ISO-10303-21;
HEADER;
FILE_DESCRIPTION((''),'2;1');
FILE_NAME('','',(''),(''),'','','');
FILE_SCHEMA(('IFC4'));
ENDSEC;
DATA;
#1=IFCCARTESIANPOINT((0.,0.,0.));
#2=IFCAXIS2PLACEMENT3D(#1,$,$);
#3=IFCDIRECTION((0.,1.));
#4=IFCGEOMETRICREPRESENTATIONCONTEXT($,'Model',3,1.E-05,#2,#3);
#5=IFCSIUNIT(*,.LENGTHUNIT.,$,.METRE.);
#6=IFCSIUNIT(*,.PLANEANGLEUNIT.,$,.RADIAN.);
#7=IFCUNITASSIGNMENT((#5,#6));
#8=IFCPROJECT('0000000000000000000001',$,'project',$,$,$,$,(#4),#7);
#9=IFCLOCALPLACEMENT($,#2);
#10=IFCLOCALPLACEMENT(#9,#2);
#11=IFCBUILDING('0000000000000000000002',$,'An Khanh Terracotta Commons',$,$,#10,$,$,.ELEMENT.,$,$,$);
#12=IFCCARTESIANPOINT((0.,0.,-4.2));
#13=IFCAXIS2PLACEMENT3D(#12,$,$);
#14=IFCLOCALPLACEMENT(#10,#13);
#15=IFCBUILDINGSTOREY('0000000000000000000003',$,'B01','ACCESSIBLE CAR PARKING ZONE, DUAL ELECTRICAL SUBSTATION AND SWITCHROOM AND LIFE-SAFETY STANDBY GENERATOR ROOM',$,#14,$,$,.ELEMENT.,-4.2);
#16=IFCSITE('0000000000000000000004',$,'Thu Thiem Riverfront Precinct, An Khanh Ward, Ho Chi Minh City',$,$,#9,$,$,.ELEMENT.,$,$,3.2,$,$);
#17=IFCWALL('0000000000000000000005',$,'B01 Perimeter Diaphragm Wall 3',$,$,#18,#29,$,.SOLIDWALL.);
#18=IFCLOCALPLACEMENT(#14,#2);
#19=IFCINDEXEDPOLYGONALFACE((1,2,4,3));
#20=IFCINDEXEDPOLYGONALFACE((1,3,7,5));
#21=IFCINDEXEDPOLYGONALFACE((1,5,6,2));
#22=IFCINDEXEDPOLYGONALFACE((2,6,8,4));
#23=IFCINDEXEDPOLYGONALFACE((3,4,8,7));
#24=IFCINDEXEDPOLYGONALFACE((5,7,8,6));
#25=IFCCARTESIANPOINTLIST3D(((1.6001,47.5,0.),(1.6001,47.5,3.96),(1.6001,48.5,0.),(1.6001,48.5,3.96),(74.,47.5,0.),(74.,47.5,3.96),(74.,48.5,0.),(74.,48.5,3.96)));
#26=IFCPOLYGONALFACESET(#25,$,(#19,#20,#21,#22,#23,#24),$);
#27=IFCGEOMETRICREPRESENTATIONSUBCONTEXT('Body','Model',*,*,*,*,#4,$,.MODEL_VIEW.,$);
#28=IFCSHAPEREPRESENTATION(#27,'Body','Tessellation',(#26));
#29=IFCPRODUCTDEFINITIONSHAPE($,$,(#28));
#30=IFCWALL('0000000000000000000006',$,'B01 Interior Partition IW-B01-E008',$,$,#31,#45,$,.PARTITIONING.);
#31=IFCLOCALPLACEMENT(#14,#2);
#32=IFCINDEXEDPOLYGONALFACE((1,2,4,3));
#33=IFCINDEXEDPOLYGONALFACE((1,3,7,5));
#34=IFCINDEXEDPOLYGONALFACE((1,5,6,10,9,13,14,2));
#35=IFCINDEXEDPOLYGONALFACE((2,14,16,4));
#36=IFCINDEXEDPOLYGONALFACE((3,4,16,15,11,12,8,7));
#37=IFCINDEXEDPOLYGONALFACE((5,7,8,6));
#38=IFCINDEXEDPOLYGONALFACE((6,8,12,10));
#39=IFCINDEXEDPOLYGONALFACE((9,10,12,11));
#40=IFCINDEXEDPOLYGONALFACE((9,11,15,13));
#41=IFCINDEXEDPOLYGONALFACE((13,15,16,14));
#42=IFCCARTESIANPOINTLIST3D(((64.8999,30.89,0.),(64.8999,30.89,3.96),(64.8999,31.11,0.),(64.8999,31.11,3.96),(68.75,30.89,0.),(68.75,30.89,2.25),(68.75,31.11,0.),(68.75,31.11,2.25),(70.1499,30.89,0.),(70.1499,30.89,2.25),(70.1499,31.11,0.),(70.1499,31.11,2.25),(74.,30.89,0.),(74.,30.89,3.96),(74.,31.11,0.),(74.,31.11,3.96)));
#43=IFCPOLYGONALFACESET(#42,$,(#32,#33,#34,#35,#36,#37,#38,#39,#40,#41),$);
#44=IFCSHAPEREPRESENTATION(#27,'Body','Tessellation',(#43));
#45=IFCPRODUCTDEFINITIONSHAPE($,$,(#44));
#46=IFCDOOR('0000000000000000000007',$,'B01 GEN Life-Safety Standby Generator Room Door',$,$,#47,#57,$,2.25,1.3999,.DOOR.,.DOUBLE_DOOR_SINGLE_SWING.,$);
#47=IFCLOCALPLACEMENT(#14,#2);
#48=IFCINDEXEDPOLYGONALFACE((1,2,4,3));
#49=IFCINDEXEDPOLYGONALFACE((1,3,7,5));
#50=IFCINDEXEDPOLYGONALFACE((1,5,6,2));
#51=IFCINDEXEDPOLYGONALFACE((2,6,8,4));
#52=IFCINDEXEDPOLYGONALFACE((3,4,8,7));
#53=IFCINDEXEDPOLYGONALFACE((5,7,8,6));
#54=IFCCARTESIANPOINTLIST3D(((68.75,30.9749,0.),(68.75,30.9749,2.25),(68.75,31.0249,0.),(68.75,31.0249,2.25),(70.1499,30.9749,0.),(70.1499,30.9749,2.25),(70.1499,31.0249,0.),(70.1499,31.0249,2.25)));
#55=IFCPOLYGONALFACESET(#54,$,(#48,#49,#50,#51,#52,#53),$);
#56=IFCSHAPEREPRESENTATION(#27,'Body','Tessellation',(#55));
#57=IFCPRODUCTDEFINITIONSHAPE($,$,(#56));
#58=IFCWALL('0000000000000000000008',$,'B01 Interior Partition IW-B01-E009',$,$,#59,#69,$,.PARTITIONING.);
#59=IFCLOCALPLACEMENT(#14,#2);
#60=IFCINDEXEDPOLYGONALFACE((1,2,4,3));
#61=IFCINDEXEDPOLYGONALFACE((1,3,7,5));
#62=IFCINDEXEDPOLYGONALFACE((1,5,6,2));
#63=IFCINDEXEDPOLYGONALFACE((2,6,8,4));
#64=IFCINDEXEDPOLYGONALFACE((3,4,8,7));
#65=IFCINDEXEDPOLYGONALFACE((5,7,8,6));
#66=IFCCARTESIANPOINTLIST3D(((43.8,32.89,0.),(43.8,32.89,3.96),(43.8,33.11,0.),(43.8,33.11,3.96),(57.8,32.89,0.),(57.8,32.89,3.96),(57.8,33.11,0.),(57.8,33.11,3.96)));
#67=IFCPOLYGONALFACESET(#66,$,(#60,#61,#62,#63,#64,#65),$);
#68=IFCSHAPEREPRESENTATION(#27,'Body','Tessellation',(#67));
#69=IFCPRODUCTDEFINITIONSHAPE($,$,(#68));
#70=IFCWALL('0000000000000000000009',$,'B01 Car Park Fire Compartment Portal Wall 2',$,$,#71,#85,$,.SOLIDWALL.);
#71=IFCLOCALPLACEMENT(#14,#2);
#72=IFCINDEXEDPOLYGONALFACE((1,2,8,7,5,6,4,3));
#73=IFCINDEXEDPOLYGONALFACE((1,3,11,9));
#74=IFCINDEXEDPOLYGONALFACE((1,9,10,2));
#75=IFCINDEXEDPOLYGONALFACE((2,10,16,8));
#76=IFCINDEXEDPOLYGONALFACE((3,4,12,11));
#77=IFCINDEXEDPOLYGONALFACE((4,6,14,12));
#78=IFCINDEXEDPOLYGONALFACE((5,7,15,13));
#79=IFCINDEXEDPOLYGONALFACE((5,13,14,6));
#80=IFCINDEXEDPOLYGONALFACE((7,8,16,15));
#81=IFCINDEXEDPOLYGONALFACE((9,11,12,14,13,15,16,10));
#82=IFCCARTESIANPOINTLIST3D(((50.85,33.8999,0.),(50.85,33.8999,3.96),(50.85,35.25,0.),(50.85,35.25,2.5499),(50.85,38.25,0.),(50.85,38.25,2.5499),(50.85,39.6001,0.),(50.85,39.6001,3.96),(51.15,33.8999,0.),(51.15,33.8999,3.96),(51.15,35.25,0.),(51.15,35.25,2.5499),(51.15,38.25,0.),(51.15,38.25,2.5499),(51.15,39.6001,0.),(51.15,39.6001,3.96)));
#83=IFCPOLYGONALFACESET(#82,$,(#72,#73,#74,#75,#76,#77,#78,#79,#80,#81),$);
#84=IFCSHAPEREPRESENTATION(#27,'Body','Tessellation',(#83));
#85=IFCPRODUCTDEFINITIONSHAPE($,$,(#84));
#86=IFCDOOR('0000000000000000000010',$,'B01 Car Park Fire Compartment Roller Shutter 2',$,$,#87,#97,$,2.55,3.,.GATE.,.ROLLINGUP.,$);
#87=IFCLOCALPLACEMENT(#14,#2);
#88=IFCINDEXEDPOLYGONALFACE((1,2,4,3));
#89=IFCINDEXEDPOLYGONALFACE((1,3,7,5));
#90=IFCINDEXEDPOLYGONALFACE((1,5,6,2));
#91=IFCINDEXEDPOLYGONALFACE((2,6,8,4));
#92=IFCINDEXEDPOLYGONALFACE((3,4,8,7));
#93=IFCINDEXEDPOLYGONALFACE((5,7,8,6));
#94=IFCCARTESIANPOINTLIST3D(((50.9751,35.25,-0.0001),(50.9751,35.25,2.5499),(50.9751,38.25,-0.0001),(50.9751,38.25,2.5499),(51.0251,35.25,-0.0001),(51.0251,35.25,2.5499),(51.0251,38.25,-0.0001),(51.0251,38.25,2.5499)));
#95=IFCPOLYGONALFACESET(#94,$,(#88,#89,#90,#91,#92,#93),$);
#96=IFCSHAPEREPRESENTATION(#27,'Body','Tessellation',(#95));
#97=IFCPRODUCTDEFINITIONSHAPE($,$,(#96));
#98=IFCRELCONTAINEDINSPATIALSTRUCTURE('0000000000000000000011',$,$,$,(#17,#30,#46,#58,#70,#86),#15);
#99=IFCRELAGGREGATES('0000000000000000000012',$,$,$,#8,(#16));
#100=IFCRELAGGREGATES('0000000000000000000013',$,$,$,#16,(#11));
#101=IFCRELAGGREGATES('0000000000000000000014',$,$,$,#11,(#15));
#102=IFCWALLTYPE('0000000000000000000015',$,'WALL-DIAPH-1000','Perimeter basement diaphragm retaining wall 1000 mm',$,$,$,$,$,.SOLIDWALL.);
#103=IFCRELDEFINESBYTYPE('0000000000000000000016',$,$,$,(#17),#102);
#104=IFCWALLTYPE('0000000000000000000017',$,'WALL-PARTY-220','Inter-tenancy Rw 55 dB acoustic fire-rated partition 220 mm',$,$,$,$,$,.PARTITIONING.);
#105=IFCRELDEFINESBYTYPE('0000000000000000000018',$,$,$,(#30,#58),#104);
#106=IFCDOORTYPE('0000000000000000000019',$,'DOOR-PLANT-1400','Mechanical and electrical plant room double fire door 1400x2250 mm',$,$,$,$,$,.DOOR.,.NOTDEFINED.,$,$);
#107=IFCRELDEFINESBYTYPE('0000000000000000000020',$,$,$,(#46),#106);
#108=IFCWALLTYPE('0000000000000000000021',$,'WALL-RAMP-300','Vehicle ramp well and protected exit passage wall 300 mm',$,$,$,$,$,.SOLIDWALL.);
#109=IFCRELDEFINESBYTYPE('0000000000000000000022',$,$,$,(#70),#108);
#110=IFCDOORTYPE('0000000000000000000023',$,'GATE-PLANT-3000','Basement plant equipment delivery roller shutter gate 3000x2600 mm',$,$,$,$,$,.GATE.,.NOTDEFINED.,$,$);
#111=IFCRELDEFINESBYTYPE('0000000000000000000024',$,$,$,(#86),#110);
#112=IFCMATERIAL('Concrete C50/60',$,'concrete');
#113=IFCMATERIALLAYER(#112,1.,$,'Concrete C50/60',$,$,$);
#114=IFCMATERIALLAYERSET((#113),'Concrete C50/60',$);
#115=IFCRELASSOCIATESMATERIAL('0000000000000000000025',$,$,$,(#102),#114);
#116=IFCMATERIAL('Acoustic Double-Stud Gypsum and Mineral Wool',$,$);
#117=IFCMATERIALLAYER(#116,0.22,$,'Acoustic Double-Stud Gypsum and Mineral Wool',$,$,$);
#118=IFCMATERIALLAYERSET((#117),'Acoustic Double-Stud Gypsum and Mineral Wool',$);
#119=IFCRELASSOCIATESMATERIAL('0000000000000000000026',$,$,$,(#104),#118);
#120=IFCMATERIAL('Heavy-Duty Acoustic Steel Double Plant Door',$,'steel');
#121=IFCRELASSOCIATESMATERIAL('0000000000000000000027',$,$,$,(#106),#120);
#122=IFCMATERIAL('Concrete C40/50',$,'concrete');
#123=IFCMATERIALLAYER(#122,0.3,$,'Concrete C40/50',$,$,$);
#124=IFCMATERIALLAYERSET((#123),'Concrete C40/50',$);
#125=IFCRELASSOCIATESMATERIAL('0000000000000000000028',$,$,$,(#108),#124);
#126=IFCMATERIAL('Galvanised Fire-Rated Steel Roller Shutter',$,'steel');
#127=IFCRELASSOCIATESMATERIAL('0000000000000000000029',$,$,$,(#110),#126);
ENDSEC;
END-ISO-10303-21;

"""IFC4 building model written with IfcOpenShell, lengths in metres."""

from ifc_helpers import new_model, si_unit, direction, frame, frame_2d, origin, place, context, subcontext, project, spatial, rectangle, extrude, material, layer, layer_set, type_object, element, fill, save


model = new_model("IFC4")

# Units and contexts
model_context = context("Model", 3, precision=1e-05, world=origin(), true_north=direction((0.0, 1.0)))
body_context = subcontext(model_context, "Body", "Model", "MODEL_VIEW")
ifc_project = project(units=[si_unit("LENGTHUNIT", "METRE"), si_unit("PLANEANGLEUNIT", "RADIAN")], contexts=[model_context])

# Site, building, storey
site_placement = place(None, origin())
site = spatial("IfcSite", under=ifc_project, at=site_placement, Name="Thu Thiem Riverfront Precinct, An Khanh Ward, Ho Chi Minh City", CompositionType="ELEMENT", RefElevation=3.2)
building_placement = place(site_placement, origin())
building = spatial("IfcBuilding", under=site, at=building_placement, Name="An Khanh Terracotta Commons", CompositionType="ELEMENT")
storey_placement = place(building_placement, frame((0.0, 0.0, -4.2)))
storey = spatial("IfcBuildingStorey", under=building, at=storey_placement, Name="B01", Description="ACCESSIBLE CAR PARKING ZONE, DUAL ELECTRICAL SUBSTATION AND SWITCHROOM AND LIFE-SAFETY STANDBY GENERATOR ROOM", CompositionType="ELEMENT", Elevation=-4.2)

# Shared definitions
ifc_material_1 = material(Name="Concrete C50/60", Category="concrete")

# Wall
ifc_layer_1 = layer(ifc_material_1, 1.0, Name="Concrete C50/60")
ifc_layer_set_1 = layer_set([ifc_layer_1], Name="Concrete C50/60")
wall_type_1 = type_object("IfcWallType", Name="WALL-DIAPH-1000", Description="Perimeter basement diaphragm retaining wall 1000 mm", PredefinedType="SOLIDWALL", material=ifc_layer_set_1)
wall_1_placement = place(storey_placement, frame((74.0, 48.0, 0.0), z_axis=(0.0, 0.0, 1.0), x_axis=(-1.0, 0.0, 0.0)))
element("IfcWall", 1, at=wall_1_placement, inside=storey, type_object=wall_type_1, Name="B01 Perimeter Diaphragm Wall 3", PredefinedType="SOLIDWALL", context=body_context, shape_type="SweptSolid", body=[
    extrude(rectangle(XDim=72.3999, YDim=1.0, at=frame_2d((36.2, 0.0))), origin(), (0.0, 0.0, 1.0), 3.96),
])

# Wall, opening, door
ifc_material_2 = material(Name="Acoustic Double-Stud Gypsum and Mineral Wool")
ifc_layer_2 = layer(ifc_material_2, 0.22, Name="Acoustic Double-Stud Gypsum and Mineral Wool")
ifc_layer_set_2 = layer_set([ifc_layer_2], Name="Acoustic Double-Stud Gypsum and Mineral Wool")
wall_type_2 = type_object("IfcWallType", Name="WALL-PARTY-220", Description="Inter-tenancy Rw 55 dB acoustic fire-rated partition 220 mm", PredefinedType="PARTITIONING", material=ifc_layer_set_2)
wall_2_placement = place(storey_placement, frame((64.8999, 31.0, 0.0), z_axis=(0.0, 0.0, 1.0), x_axis=(1.0, 0.0, 0.0)))
wall_2 = element("IfcWall", 2, at=wall_2_placement, inside=storey, type_object=wall_type_2, Name="B01 Interior Partition IW-B01-E008", PredefinedType="PARTITIONING", context=body_context, shape_type="SweptSolid", body=[
    extrude(rectangle(XDim=9.1001, YDim=0.22, at=frame_2d((4.55, 0.0))), origin(), (0.0, 0.0, 1.0), 3.96),
])
opening_1_placement = place(wall_2_placement, frame((3.8501, 0.0, 0.0)))
opening_1 = element("IfcOpeningElement", 3, at=opening_1_placement, cuts=wall_2, PredefinedType="OPENING", context=body_context, shape_type="SweptSolid", body=[
    extrude(rectangle(XDim=1.3999, YDim=2.25, at=frame_2d((0.7, 1.125))), frame((0.0, 0.1199, 0.0), z_axis=(0.0, -1.0, 0.0), x_axis=(1.0, 0.0, 0.0)), (0.0, 0.0, 1.0), 0.24),
])
ifc_material_3 = material(Name="Heavy-Duty Acoustic Steel Double Plant Door", Category="steel")
door_type_1 = type_object("IfcDoorType", Name="DOOR-PLANT-1400", Description="Mechanical and electrical plant room double fire door 1400x2250 mm", OperationType="NOTDEFINED", PredefinedType="DOOR", material=ifc_material_3)
door_1_placement = place(opening_1_placement, origin())
door_1 = element("IfcDoor", 4, at=door_1_placement, inside=storey, type_object=door_type_1, Name="B01 GEN Life-Safety Standby Generator Room Door", OperationType="DOUBLE_DOOR_SINGLE_SWING", OverallHeight=2.25, OverallWidth=1.3999, PredefinedType="DOOR", context=body_context, shape_type="SweptSolid", body=[
    extrude(rectangle(XDim=1.3999, YDim=2.25, at=frame_2d((0.7, 1.125))), frame((0.0, 0.0249, 0.0), z_axis=(0.0, -1.0, 0.0), x_axis=(1.0, 0.0, 0.0)), (0.0, 0.0, 1.0), 0.05),
])
fill(opening_1, door_1)

# Wall
wall_3_placement = place(storey_placement, frame((43.8, 33.0, 0.0), z_axis=(0.0, 0.0, 1.0), x_axis=(1.0, 0.0, 0.0)))
element("IfcWall", 5, at=wall_3_placement, inside=storey, type_object=wall_type_2, Name="B01 Interior Partition IW-B01-E009", PredefinedType="PARTITIONING", context=body_context, shape_type="SweptSolid", body=[
    extrude(rectangle(XDim=14.0, YDim=0.22, at=frame_2d((7.0, 0.0))), origin(), (0.0, 0.0, 1.0), 3.96),
])

# Wall, opening, door
ifc_material_4 = material(Name="Concrete C40/50", Category="concrete")
ifc_layer_3 = layer(ifc_material_4, 0.3, Name="Concrete C40/50")
ifc_layer_set_3 = layer_set([ifc_layer_3], Name="Concrete C40/50")
wall_type_3 = type_object("IfcWallType", Name="WALL-RAMP-300", Description="Vehicle ramp well and protected exit passage wall 300 mm", PredefinedType="SOLIDWALL", material=ifc_layer_set_3)
wall_4_placement = place(storey_placement, frame((51.0, 33.8999, 0.0), z_axis=(0.0, 0.0, 1.0), x_axis=(0.0, 1.0, 0.0)))
wall_4 = element("IfcWall", 6, at=wall_4_placement, inside=storey, type_object=wall_type_3, Name="B01 Car Park Fire Compartment Portal Wall 2", PredefinedType="SOLIDWALL", context=body_context, shape_type="SweptSolid", body=[
    extrude(rectangle(XDim=5.7002, YDim=0.3, at=frame_2d((2.8501, 0.0))), origin(), (0.0, 0.0, 1.0), 3.96),
])
opening_2_placement = place(wall_4_placement, frame((1.3501, 0.0, 0.0)))
opening_2 = element("IfcOpeningElement", 7, at=opening_2_placement, cuts=wall_4, PredefinedType="OPENING", context=body_context, shape_type="SweptSolid", body=[
    extrude(rectangle(XDim=3.0, YDim=2.55, at=frame_2d((1.5, 1.2749))), frame((0.0, 0.1599, 0.0), z_axis=(0.0, -1.0, 0.0), x_axis=(1.0, 0.0, 0.0)), (0.0, 0.0, 1.0), 0.3201),
])
ifc_material_5 = material(Name="Galvanised Fire-Rated Steel Roller Shutter", Category="steel")
door_type_2 = type_object("IfcDoorType", Name="GATE-PLANT-3000", Description="Basement plant equipment delivery roller shutter gate 3000x2600 mm", OperationType="NOTDEFINED", PredefinedType="GATE", material=ifc_material_5)
door_2_placement = place(opening_2_placement, origin())
door_2 = element("IfcDoor", 8, at=door_2_placement, inside=storey, type_object=door_type_2, Name="B01 Car Park Fire Compartment Roller Shutter 2", OperationType="ROLLINGUP", OverallHeight=2.55, OverallWidth=3.0, PredefinedType="GATE", context=body_context, shape_type="SweptSolid", body=[
    extrude(rectangle(XDim=3.0, YDim=2.55, at=frame_2d((1.5, 1.2749))), frame((0.0, 0.0249, 0.0), z_axis=(0.0, -1.0, 0.0), x_axis=(1.0, 0.0, 0.0)), (0.0, 0.0, 1.0), 0.05),
])
fill(opening_2, door_2)

save(model, "model.ifc")
